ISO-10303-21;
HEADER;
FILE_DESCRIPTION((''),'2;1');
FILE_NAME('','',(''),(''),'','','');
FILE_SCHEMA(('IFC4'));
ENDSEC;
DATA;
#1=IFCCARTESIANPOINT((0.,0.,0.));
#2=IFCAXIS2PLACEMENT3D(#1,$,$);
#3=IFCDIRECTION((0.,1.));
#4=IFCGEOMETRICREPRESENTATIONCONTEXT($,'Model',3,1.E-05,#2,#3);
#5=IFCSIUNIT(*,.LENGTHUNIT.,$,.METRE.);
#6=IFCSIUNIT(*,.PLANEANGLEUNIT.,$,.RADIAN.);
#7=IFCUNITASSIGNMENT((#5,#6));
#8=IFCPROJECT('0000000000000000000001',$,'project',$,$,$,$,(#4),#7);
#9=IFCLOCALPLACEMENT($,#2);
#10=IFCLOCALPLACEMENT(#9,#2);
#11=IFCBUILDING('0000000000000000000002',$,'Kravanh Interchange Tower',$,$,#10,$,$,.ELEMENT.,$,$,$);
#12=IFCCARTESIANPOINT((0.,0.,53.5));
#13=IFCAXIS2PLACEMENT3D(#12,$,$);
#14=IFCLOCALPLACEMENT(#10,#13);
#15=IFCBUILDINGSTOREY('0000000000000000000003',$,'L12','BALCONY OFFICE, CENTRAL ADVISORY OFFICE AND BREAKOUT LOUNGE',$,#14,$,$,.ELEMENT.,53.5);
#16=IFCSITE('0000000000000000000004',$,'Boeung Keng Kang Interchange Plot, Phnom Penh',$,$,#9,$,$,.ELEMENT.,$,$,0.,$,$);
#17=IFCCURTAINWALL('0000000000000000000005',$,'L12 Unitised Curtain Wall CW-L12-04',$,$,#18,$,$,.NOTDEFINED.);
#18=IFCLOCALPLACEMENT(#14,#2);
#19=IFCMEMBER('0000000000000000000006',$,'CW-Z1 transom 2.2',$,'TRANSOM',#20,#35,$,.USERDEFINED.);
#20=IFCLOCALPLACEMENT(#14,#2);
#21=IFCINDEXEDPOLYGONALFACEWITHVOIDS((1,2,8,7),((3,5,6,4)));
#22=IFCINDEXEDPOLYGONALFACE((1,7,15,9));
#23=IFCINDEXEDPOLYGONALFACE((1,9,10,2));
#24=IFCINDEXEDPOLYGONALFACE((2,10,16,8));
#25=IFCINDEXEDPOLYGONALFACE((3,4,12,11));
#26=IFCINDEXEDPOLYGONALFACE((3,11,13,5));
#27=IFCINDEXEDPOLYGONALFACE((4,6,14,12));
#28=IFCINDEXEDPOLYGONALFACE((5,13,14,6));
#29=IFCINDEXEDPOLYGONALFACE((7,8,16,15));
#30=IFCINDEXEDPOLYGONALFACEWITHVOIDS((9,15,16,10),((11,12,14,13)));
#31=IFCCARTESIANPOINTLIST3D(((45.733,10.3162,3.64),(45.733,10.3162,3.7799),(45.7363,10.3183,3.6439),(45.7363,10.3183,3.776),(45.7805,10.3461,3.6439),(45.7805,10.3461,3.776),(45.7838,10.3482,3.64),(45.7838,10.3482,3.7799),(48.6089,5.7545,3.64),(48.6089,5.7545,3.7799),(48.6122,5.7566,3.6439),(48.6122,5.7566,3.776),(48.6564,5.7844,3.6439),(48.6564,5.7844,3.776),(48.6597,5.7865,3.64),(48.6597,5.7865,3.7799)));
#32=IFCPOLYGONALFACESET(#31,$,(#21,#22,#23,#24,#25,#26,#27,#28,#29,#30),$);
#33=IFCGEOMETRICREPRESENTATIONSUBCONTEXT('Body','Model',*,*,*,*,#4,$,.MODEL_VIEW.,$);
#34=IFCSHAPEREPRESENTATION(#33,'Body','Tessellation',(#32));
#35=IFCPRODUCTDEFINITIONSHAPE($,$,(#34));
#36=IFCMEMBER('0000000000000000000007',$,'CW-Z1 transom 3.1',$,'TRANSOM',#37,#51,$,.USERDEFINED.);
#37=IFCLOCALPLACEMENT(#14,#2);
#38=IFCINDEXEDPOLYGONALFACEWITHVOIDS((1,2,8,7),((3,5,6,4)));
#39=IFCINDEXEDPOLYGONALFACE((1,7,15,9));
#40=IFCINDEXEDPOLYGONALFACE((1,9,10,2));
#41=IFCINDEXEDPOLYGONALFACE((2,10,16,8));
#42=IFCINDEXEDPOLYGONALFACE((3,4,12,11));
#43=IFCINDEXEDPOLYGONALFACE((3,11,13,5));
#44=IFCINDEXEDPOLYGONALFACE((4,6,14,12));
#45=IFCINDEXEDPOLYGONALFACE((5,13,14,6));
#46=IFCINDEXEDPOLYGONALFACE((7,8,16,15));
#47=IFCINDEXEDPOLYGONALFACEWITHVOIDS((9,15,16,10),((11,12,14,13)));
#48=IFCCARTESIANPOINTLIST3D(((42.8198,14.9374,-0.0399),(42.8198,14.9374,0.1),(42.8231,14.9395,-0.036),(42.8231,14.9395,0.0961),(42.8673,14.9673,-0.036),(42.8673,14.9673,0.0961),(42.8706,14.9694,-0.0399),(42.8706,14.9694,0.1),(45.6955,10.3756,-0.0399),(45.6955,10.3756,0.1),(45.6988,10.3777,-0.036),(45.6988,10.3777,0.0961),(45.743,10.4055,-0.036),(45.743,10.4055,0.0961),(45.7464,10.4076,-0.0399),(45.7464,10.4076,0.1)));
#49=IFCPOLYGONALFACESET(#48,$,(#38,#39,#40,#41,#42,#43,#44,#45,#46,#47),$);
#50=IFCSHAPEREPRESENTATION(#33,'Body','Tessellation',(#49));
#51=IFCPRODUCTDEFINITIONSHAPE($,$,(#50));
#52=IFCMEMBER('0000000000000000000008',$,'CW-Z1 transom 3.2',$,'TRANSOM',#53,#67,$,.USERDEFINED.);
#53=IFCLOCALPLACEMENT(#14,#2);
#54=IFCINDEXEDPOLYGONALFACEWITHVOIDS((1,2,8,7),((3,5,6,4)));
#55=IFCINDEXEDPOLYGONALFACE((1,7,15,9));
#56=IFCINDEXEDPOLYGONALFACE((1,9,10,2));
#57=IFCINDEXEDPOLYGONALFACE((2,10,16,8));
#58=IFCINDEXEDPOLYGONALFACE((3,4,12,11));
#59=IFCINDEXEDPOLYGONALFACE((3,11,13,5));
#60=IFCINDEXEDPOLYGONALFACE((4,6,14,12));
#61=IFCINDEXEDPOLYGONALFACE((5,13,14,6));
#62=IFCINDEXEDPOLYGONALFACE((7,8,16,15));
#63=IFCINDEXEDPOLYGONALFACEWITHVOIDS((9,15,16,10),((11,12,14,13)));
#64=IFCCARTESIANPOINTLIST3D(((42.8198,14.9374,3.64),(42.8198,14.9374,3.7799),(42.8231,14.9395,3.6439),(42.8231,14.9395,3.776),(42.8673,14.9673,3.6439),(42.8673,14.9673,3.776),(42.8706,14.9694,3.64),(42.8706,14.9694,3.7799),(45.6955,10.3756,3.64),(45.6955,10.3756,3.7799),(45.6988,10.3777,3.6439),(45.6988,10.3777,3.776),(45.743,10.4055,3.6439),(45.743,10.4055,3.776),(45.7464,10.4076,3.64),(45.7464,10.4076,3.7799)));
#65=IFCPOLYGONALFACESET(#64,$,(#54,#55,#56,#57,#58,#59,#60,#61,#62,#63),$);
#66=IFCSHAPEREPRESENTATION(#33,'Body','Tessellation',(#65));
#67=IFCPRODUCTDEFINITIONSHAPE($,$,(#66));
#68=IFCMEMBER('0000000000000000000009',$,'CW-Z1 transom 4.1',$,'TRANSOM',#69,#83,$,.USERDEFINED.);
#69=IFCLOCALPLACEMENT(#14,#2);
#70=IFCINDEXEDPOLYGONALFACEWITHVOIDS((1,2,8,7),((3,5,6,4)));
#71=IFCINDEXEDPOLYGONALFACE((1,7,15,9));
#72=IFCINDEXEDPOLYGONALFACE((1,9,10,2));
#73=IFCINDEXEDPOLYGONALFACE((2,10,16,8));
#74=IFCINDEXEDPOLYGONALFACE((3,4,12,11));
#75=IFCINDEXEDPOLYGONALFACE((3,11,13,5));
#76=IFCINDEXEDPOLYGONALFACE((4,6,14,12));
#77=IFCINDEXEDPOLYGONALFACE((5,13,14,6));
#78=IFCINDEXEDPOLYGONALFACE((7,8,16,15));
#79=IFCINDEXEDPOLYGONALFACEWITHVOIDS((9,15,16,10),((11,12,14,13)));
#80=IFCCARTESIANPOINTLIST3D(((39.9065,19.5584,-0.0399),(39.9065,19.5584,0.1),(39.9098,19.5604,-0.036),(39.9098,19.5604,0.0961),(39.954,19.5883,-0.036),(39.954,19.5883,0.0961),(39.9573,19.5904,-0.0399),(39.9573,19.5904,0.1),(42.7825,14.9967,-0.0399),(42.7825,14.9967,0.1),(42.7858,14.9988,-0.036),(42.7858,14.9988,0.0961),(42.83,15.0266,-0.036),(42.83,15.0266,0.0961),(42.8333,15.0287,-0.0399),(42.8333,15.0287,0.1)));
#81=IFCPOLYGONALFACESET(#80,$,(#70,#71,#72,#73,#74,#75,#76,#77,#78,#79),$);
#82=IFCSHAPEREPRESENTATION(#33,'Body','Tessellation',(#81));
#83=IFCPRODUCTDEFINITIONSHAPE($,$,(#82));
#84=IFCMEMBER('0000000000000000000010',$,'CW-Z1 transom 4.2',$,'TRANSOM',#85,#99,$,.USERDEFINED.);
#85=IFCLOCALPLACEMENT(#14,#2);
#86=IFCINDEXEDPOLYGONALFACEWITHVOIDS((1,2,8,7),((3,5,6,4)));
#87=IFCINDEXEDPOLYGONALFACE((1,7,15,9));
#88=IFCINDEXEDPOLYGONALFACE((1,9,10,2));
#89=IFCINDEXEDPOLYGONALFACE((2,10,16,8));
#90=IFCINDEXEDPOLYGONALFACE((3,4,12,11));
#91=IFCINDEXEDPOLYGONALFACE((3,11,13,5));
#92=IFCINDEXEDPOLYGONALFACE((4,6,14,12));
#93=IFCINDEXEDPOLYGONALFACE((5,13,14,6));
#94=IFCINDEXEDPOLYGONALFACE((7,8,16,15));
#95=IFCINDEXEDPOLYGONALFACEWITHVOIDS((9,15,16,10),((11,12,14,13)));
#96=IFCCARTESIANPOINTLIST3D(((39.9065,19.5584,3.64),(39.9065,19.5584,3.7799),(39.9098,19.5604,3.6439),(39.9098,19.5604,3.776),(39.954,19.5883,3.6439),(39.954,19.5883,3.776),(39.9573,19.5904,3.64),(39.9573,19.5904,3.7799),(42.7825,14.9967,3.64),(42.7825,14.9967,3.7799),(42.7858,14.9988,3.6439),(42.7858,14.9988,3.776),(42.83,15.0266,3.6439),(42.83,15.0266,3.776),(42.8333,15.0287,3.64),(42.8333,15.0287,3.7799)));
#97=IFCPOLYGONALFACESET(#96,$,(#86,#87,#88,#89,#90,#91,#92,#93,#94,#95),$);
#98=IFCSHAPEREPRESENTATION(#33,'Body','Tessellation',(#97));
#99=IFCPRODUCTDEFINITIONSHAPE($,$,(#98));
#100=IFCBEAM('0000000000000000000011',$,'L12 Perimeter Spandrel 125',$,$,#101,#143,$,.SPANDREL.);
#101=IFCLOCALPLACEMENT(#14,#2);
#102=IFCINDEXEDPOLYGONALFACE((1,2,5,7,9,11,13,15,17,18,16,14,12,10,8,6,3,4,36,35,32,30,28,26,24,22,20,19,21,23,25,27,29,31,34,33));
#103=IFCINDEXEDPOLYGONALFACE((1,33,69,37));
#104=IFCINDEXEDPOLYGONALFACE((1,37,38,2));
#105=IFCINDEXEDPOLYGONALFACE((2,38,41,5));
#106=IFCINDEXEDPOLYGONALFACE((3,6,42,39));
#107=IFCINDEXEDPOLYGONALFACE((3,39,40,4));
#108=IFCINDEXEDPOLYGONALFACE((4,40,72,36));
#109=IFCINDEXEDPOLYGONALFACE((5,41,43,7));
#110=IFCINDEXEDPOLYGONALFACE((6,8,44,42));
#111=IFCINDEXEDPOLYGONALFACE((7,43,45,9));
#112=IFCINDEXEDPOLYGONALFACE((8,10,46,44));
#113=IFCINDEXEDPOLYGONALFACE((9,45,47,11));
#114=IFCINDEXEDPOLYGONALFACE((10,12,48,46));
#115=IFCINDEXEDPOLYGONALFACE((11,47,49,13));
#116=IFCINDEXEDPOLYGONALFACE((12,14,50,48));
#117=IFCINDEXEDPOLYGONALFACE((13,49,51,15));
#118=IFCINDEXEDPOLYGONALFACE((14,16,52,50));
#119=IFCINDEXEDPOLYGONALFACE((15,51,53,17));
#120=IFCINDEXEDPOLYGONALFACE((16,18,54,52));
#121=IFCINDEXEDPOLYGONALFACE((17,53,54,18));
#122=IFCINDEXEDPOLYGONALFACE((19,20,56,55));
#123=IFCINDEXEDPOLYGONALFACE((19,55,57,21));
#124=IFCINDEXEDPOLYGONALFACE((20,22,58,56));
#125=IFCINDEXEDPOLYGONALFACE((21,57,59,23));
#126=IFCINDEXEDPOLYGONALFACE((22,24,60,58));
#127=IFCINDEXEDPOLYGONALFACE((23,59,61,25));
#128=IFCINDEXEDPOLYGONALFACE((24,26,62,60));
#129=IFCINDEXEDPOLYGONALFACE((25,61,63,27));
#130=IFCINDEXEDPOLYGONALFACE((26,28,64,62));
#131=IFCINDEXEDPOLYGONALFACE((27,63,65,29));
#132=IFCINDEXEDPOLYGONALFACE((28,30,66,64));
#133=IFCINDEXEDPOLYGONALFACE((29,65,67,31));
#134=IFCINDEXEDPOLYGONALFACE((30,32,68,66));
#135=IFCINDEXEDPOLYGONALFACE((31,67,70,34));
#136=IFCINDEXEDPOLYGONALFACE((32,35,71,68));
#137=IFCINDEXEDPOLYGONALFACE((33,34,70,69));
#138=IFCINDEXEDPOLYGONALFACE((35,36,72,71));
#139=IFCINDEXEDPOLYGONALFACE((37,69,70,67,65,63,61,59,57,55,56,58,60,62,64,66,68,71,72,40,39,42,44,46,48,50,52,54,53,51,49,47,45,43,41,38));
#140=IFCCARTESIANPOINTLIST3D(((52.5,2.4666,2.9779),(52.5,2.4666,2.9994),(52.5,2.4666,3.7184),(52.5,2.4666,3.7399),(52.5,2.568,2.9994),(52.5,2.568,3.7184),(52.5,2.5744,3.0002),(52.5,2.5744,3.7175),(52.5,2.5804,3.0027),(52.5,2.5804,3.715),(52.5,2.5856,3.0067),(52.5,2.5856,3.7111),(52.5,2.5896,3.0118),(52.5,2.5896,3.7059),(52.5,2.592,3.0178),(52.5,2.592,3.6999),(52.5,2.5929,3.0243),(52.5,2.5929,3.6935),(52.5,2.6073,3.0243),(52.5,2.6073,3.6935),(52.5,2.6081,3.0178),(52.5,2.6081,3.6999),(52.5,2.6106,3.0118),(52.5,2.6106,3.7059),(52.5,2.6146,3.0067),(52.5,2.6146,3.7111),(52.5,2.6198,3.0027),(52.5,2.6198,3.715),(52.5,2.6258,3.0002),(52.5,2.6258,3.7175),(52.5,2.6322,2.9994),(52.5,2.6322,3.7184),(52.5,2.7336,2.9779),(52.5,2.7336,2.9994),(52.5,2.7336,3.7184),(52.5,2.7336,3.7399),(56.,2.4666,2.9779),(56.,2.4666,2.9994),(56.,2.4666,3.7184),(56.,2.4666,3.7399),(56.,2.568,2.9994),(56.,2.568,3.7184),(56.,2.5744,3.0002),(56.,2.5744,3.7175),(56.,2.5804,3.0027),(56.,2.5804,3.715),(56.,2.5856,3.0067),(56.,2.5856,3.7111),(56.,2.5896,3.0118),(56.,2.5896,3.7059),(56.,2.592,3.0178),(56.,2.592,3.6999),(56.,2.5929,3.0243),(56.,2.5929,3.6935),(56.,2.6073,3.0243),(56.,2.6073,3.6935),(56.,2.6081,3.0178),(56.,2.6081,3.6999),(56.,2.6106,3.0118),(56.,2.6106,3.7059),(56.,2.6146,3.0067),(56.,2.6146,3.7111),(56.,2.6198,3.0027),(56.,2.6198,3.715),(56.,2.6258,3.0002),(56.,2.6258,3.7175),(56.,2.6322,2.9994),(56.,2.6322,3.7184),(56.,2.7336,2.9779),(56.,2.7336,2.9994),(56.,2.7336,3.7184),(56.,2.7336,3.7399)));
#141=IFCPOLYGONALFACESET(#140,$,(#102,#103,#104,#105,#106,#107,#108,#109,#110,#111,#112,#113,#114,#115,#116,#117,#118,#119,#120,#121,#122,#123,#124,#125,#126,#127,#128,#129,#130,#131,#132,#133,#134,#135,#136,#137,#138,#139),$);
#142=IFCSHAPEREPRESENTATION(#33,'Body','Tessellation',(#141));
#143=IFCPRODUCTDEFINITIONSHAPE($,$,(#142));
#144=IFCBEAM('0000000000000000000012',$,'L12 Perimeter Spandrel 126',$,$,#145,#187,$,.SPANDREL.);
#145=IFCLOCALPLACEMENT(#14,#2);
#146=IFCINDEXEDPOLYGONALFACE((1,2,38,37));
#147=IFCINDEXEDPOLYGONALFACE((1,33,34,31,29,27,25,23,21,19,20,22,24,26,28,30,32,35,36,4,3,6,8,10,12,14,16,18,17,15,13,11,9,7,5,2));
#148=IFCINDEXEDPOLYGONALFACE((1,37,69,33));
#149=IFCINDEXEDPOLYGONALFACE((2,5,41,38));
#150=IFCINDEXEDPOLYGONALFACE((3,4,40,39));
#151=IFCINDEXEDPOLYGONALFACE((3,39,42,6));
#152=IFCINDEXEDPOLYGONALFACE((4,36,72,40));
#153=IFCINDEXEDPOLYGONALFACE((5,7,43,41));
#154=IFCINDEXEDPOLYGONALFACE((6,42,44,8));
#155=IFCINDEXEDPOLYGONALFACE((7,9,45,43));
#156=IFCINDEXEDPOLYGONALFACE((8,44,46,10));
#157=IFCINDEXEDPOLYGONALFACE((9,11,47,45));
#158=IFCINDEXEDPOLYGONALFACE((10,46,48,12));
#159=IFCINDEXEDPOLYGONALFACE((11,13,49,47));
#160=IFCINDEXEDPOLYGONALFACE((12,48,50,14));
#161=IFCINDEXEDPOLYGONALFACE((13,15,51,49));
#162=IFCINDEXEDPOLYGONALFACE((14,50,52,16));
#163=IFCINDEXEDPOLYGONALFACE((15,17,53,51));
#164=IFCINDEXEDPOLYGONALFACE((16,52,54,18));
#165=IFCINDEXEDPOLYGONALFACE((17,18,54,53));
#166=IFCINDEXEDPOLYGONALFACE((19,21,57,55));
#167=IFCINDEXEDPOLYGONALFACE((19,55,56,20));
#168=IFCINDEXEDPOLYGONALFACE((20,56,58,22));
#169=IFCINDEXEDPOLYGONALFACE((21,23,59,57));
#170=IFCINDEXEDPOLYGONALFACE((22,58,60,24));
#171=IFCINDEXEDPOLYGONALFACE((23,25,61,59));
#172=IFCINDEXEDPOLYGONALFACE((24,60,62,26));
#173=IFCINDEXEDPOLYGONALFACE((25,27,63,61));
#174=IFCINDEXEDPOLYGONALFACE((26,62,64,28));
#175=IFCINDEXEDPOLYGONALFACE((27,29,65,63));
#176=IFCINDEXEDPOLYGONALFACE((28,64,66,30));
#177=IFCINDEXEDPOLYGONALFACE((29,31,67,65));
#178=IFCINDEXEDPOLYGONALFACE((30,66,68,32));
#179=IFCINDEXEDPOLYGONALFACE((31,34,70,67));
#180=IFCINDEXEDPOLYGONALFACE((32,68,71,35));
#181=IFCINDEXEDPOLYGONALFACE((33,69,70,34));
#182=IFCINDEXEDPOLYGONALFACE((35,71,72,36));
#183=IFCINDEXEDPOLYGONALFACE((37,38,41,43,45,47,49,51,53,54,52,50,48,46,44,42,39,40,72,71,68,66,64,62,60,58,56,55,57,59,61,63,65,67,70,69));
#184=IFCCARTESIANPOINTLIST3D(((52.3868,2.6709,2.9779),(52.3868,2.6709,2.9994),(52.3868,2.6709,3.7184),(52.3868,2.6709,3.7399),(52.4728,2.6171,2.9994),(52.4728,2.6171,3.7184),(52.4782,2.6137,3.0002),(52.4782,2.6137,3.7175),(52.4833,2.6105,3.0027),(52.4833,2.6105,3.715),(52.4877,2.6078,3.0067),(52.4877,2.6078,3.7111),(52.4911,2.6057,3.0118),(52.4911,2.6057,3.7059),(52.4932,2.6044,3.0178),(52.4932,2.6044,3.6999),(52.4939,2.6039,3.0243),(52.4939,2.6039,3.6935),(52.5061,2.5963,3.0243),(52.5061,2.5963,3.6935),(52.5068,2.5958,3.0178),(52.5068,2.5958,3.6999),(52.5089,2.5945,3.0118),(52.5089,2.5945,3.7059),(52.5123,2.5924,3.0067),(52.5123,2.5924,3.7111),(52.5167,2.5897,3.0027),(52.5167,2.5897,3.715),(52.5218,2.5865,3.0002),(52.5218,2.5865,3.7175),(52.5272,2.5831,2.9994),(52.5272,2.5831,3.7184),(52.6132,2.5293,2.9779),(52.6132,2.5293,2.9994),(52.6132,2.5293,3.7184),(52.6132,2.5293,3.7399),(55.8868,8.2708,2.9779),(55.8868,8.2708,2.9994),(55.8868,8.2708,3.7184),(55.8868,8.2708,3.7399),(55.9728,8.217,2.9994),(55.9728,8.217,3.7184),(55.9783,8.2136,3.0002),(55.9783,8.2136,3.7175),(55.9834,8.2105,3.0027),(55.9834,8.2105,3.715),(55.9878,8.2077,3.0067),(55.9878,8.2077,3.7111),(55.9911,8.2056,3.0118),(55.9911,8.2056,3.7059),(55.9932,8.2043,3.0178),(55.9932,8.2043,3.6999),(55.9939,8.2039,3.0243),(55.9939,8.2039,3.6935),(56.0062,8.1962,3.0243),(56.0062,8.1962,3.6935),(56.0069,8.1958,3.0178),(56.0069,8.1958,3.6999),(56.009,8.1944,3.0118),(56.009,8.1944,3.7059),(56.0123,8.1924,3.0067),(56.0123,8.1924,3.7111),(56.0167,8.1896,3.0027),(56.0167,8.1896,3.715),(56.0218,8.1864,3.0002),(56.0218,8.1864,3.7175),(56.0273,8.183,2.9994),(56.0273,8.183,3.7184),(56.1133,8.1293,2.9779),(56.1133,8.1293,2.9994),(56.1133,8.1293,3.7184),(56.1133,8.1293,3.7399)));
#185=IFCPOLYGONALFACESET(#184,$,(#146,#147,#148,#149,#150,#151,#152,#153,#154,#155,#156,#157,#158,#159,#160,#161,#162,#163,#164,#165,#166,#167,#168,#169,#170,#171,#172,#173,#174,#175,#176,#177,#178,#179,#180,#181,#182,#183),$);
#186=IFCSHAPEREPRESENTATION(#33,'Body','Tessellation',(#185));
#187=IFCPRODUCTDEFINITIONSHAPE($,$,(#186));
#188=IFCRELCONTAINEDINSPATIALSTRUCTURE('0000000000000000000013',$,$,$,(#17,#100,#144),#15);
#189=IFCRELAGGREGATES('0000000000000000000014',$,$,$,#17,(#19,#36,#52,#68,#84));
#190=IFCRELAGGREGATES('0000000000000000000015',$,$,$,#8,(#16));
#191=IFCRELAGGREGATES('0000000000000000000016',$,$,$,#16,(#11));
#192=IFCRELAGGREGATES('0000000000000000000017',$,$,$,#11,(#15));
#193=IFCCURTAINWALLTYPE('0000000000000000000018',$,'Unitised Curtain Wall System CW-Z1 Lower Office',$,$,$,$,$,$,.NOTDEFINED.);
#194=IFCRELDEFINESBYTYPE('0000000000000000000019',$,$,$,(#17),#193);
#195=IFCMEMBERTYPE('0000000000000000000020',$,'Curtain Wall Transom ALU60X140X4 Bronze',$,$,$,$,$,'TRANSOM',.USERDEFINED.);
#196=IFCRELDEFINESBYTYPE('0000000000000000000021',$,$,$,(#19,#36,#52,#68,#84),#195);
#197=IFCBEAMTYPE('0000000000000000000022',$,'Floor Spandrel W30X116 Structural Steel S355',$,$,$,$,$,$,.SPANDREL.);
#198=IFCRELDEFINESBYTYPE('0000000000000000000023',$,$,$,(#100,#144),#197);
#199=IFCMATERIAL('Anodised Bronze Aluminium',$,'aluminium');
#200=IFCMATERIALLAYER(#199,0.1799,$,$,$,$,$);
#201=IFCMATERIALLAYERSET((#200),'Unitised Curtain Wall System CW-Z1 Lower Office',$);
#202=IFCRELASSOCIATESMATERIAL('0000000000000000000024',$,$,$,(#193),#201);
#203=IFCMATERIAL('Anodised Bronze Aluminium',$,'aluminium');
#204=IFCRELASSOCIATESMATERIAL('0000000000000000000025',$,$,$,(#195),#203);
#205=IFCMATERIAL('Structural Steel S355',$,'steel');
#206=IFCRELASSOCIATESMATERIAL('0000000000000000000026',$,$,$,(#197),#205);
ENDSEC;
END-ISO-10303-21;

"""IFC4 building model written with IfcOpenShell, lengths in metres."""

from ifc_helpers import new_model, si_unit, direction, frame, origin, origin_2d, place, context, subcontext, project, spatial, hollow_rectangle, i_section, extrude, material, layer, layer_set, material_profile, profile_set, type_object, element, aggregate, save


model = new_model("IFC4")

# Units and contexts
model_context = context("Model", 3, precision=1e-05, world=origin(), true_north=direction((0.0, 1.0)))
body_context = subcontext(model_context, "Body", "Model", "MODEL_VIEW")
ifc_project = project(units=[si_unit("LENGTHUNIT", "METRE"), si_unit("PLANEANGLEUNIT", "RADIAN")], contexts=[model_context])

# Site, building, storey
site_placement = place(None, origin())
site = spatial("IfcSite", under=ifc_project, at=site_placement, Name="Boeung Keng Kang Interchange Plot, Phnom Penh", CompositionType="ELEMENT", RefElevation=0.0)
building_placement = place(site_placement, origin())
building = spatial("IfcBuilding", under=site, at=building_placement, Name="Kravanh Interchange Tower", CompositionType="ELEMENT")
storey_placement = place(building_placement, frame((0.0, 0.0, 53.5)))
storey = spatial("IfcBuildingStorey", under=building, at=storey_placement, Name="L12", Description="BALCONY OFFICE, CENTRAL ADVISORY OFFICE AND BREAKOUT LOUNGE", CompositionType="ELEMENT", Elevation=53.5)

# Shared definitions
ifc_material_1 = material(Name="Anodised Bronze Aluminium", Category="aluminium")
ifc_layer_1 = layer(ifc_material_1, 0.1799)
ifc_layer_set_1 = layer_set([ifc_layer_1], Name="Unitised Curtain Wall System CW-Z1 Lower Office")
curtain_wall_type = type_object("IfcCurtainWallType", Name="Unitised Curtain Wall System CW-Z1 Lower Office", PredefinedType="NOTDEFINED", material=ifc_layer_set_1)

# Curtain wall, members
curtain_wall_1_placement = place(storey_placement, origin())
curtain_wall_1 = element("IfcCurtainWall", 1, at=curtain_wall_1_placement, inside=storey, type_object=curtain_wall_type, Name="L12 Unitised Curtain Wall CW-L12-04", PredefinedType="NOTDEFINED")
ifc_material_2 = material(Name="Anodised Bronze Aluminium", Category="aluminium")
ifc_material_profile_1 = material_profile(ifc_material_2, hollow_rectangle(XDim=0.0601, YDim=0.1399, WallThickness=0.0039, at=origin_2d()), Name="ALU60X140X4")
ifc_profile_set_1 = profile_set([ifc_material_profile_1], Name="Anodised Bronze Aluminium")
member_type_1 = type_object("IfcMemberType", Name="Curtain Wall Transom ALU60X140X4 Bronze", ElementType="TRANSOM", PredefinedType="USERDEFINED", material=ifc_profile_set_1)
member_1_placement = place(storey_placement, frame((48.6343, 5.7705, 3.71), z_axis=(-0.533311, 0.845919, 0.0), x_axis=(-0.845919, -0.533311, 0.0)))
member_1 = element("IfcMember", 2, at=member_1_placement, type_object=member_type_1, Name="CW-Z1 transom 2.2", ObjectType="TRANSOM", PredefinedType="USERDEFINED", context=body_context, shape_type="SweptSolid", body=[
    extrude(hollow_rectangle(XDim=0.0601, YDim=0.1399, WallThickness=0.0039, at=origin_2d()), origin(), (0.0, 0.0, 1.0), 5.3926),
])
member_2_placement = place(storey_placement, frame((45.7209, 10.3916, 0.03), z_axis=(-0.533279, 0.845939, 0.0), x_axis=(-0.845939, -0.533279, 0.0)))
member_2 = element("IfcMember", 3, at=member_2_placement, type_object=member_type_1, Name="CW-Z1 transom 3.1", ObjectType="TRANSOM", PredefinedType="USERDEFINED", context=body_context, shape_type="SweptSolid", body=[
    extrude(hollow_rectangle(XDim=0.0601, YDim=0.1399, WallThickness=0.0039, at=origin_2d()), origin(), (0.0, 0.0, 1.0), 5.3926),
])
member_3_placement = place(storey_placement, frame((45.7209, 10.3916, 3.71), z_axis=(-0.533279, 0.845939, 0.0), x_axis=(-0.845939, -0.533279, 0.0)))
member_3 = element("IfcMember", 4, at=member_3_placement, type_object=member_type_1, Name="CW-Z1 transom 3.2", ObjectType="TRANSOM", PredefinedType="USERDEFINED", context=body_context, shape_type="SweptSolid", body=[
    extrude(hollow_rectangle(XDim=0.0601, YDim=0.1399, WallThickness=0.0039, at=origin_2d()), origin(), (0.0, 0.0, 1.0), 5.3926),
])
member_4_placement = place(storey_placement, frame((42.8079, 15.0127, 0.03), z_axis=(-0.533311, 0.845919, 0.0), x_axis=(-0.845919, -0.533311, 0.0)))
member_4 = element("IfcMember", 5, at=member_4_placement, type_object=member_type_1, Name="CW-Z1 transom 4.1", ObjectType="TRANSOM", PredefinedType="USERDEFINED", context=body_context, shape_type="SweptSolid", body=[
    extrude(hollow_rectangle(XDim=0.0601, YDim=0.1399, WallThickness=0.0039, at=origin_2d()), origin(), (0.0, 0.0, 1.0), 5.3926),
])
member_5_placement = place(storey_placement, frame((42.8079, 15.0127, 3.71), z_axis=(-0.533311, 0.845919, 0.0), x_axis=(-0.845919, -0.533311, 0.0)))
member_5 = element("IfcMember", 6, at=member_5_placement, type_object=member_type_1, Name="CW-Z1 transom 4.2", ObjectType="TRANSOM", PredefinedType="USERDEFINED", context=body_context, shape_type="SweptSolid", body=[
    extrude(hollow_rectangle(XDim=0.0601, YDim=0.1399, WallThickness=0.0039, at=origin_2d()), origin(), (0.0, 0.0, 1.0), 5.3926),
])

# Beams
ifc_material_3 = material(Name="Structural Steel S355", Category="steel")
ifc_material_profile_2 = material_profile(ifc_material_3, i_section(OverallWidth=0.2671, OverallDepth=0.762, WebThickness=0.0144, FlangeThickness=0.0215, FilletRadius=0.0249, at=origin_2d()), Name="W30X116")
ifc_profile_set_2 = profile_set([ifc_material_profile_2], Name="Structural Steel S355")
beam_type = type_object("IfcBeamType", Name="Floor Spandrel W30X116 Structural Steel S355", PredefinedType="SPANDREL", material=ifc_profile_set_2)
beam_1_placement = place(storey_placement, frame((52.5, 2.6001, 3.3589), z_axis=(1.0, 0.0, 0.0), x_axis=(0.0, 1.0, 0.0)))
element("IfcBeam", 7, at=beam_1_placement, inside=storey, type_object=beam_type, Name="L12 Perimeter Spandrel 125", PredefinedType="SPANDREL", context=body_context, shape_type="SweptSolid", body=[
    extrude(i_section(OverallWidth=0.2671, OverallDepth=0.762, WebThickness=0.0144, FlangeThickness=0.0215, FilletRadius=0.0249, at=origin_2d()), origin(), (0.0, 0.0, 1.0), 3.5),
])
beam_2_placement = place(storey_placement, frame((52.5, 2.6001, 3.3589), z_axis=(0.530009, 0.847992, 0.0), x_axis=(-0.847992, 0.530009, 0.0)))
element("IfcBeam", 8, at=beam_2_placement, inside=storey, type_object=beam_type, Name="L12 Perimeter Spandrel 126", PredefinedType="SPANDREL", context=body_context, shape_type="SweptSolid", body=[
    extrude(i_section(OverallWidth=0.2671, OverallDepth=0.762, WebThickness=0.0144, FlangeThickness=0.0215, FilletRadius=0.0249, at=origin_2d()), origin(), (0.0, 0.0, 1.0), 6.6038),
])

aggregate(curtain_wall_1, [member_1, member_2, member_3, member_4, member_5])

save(model, "model.ifc")
